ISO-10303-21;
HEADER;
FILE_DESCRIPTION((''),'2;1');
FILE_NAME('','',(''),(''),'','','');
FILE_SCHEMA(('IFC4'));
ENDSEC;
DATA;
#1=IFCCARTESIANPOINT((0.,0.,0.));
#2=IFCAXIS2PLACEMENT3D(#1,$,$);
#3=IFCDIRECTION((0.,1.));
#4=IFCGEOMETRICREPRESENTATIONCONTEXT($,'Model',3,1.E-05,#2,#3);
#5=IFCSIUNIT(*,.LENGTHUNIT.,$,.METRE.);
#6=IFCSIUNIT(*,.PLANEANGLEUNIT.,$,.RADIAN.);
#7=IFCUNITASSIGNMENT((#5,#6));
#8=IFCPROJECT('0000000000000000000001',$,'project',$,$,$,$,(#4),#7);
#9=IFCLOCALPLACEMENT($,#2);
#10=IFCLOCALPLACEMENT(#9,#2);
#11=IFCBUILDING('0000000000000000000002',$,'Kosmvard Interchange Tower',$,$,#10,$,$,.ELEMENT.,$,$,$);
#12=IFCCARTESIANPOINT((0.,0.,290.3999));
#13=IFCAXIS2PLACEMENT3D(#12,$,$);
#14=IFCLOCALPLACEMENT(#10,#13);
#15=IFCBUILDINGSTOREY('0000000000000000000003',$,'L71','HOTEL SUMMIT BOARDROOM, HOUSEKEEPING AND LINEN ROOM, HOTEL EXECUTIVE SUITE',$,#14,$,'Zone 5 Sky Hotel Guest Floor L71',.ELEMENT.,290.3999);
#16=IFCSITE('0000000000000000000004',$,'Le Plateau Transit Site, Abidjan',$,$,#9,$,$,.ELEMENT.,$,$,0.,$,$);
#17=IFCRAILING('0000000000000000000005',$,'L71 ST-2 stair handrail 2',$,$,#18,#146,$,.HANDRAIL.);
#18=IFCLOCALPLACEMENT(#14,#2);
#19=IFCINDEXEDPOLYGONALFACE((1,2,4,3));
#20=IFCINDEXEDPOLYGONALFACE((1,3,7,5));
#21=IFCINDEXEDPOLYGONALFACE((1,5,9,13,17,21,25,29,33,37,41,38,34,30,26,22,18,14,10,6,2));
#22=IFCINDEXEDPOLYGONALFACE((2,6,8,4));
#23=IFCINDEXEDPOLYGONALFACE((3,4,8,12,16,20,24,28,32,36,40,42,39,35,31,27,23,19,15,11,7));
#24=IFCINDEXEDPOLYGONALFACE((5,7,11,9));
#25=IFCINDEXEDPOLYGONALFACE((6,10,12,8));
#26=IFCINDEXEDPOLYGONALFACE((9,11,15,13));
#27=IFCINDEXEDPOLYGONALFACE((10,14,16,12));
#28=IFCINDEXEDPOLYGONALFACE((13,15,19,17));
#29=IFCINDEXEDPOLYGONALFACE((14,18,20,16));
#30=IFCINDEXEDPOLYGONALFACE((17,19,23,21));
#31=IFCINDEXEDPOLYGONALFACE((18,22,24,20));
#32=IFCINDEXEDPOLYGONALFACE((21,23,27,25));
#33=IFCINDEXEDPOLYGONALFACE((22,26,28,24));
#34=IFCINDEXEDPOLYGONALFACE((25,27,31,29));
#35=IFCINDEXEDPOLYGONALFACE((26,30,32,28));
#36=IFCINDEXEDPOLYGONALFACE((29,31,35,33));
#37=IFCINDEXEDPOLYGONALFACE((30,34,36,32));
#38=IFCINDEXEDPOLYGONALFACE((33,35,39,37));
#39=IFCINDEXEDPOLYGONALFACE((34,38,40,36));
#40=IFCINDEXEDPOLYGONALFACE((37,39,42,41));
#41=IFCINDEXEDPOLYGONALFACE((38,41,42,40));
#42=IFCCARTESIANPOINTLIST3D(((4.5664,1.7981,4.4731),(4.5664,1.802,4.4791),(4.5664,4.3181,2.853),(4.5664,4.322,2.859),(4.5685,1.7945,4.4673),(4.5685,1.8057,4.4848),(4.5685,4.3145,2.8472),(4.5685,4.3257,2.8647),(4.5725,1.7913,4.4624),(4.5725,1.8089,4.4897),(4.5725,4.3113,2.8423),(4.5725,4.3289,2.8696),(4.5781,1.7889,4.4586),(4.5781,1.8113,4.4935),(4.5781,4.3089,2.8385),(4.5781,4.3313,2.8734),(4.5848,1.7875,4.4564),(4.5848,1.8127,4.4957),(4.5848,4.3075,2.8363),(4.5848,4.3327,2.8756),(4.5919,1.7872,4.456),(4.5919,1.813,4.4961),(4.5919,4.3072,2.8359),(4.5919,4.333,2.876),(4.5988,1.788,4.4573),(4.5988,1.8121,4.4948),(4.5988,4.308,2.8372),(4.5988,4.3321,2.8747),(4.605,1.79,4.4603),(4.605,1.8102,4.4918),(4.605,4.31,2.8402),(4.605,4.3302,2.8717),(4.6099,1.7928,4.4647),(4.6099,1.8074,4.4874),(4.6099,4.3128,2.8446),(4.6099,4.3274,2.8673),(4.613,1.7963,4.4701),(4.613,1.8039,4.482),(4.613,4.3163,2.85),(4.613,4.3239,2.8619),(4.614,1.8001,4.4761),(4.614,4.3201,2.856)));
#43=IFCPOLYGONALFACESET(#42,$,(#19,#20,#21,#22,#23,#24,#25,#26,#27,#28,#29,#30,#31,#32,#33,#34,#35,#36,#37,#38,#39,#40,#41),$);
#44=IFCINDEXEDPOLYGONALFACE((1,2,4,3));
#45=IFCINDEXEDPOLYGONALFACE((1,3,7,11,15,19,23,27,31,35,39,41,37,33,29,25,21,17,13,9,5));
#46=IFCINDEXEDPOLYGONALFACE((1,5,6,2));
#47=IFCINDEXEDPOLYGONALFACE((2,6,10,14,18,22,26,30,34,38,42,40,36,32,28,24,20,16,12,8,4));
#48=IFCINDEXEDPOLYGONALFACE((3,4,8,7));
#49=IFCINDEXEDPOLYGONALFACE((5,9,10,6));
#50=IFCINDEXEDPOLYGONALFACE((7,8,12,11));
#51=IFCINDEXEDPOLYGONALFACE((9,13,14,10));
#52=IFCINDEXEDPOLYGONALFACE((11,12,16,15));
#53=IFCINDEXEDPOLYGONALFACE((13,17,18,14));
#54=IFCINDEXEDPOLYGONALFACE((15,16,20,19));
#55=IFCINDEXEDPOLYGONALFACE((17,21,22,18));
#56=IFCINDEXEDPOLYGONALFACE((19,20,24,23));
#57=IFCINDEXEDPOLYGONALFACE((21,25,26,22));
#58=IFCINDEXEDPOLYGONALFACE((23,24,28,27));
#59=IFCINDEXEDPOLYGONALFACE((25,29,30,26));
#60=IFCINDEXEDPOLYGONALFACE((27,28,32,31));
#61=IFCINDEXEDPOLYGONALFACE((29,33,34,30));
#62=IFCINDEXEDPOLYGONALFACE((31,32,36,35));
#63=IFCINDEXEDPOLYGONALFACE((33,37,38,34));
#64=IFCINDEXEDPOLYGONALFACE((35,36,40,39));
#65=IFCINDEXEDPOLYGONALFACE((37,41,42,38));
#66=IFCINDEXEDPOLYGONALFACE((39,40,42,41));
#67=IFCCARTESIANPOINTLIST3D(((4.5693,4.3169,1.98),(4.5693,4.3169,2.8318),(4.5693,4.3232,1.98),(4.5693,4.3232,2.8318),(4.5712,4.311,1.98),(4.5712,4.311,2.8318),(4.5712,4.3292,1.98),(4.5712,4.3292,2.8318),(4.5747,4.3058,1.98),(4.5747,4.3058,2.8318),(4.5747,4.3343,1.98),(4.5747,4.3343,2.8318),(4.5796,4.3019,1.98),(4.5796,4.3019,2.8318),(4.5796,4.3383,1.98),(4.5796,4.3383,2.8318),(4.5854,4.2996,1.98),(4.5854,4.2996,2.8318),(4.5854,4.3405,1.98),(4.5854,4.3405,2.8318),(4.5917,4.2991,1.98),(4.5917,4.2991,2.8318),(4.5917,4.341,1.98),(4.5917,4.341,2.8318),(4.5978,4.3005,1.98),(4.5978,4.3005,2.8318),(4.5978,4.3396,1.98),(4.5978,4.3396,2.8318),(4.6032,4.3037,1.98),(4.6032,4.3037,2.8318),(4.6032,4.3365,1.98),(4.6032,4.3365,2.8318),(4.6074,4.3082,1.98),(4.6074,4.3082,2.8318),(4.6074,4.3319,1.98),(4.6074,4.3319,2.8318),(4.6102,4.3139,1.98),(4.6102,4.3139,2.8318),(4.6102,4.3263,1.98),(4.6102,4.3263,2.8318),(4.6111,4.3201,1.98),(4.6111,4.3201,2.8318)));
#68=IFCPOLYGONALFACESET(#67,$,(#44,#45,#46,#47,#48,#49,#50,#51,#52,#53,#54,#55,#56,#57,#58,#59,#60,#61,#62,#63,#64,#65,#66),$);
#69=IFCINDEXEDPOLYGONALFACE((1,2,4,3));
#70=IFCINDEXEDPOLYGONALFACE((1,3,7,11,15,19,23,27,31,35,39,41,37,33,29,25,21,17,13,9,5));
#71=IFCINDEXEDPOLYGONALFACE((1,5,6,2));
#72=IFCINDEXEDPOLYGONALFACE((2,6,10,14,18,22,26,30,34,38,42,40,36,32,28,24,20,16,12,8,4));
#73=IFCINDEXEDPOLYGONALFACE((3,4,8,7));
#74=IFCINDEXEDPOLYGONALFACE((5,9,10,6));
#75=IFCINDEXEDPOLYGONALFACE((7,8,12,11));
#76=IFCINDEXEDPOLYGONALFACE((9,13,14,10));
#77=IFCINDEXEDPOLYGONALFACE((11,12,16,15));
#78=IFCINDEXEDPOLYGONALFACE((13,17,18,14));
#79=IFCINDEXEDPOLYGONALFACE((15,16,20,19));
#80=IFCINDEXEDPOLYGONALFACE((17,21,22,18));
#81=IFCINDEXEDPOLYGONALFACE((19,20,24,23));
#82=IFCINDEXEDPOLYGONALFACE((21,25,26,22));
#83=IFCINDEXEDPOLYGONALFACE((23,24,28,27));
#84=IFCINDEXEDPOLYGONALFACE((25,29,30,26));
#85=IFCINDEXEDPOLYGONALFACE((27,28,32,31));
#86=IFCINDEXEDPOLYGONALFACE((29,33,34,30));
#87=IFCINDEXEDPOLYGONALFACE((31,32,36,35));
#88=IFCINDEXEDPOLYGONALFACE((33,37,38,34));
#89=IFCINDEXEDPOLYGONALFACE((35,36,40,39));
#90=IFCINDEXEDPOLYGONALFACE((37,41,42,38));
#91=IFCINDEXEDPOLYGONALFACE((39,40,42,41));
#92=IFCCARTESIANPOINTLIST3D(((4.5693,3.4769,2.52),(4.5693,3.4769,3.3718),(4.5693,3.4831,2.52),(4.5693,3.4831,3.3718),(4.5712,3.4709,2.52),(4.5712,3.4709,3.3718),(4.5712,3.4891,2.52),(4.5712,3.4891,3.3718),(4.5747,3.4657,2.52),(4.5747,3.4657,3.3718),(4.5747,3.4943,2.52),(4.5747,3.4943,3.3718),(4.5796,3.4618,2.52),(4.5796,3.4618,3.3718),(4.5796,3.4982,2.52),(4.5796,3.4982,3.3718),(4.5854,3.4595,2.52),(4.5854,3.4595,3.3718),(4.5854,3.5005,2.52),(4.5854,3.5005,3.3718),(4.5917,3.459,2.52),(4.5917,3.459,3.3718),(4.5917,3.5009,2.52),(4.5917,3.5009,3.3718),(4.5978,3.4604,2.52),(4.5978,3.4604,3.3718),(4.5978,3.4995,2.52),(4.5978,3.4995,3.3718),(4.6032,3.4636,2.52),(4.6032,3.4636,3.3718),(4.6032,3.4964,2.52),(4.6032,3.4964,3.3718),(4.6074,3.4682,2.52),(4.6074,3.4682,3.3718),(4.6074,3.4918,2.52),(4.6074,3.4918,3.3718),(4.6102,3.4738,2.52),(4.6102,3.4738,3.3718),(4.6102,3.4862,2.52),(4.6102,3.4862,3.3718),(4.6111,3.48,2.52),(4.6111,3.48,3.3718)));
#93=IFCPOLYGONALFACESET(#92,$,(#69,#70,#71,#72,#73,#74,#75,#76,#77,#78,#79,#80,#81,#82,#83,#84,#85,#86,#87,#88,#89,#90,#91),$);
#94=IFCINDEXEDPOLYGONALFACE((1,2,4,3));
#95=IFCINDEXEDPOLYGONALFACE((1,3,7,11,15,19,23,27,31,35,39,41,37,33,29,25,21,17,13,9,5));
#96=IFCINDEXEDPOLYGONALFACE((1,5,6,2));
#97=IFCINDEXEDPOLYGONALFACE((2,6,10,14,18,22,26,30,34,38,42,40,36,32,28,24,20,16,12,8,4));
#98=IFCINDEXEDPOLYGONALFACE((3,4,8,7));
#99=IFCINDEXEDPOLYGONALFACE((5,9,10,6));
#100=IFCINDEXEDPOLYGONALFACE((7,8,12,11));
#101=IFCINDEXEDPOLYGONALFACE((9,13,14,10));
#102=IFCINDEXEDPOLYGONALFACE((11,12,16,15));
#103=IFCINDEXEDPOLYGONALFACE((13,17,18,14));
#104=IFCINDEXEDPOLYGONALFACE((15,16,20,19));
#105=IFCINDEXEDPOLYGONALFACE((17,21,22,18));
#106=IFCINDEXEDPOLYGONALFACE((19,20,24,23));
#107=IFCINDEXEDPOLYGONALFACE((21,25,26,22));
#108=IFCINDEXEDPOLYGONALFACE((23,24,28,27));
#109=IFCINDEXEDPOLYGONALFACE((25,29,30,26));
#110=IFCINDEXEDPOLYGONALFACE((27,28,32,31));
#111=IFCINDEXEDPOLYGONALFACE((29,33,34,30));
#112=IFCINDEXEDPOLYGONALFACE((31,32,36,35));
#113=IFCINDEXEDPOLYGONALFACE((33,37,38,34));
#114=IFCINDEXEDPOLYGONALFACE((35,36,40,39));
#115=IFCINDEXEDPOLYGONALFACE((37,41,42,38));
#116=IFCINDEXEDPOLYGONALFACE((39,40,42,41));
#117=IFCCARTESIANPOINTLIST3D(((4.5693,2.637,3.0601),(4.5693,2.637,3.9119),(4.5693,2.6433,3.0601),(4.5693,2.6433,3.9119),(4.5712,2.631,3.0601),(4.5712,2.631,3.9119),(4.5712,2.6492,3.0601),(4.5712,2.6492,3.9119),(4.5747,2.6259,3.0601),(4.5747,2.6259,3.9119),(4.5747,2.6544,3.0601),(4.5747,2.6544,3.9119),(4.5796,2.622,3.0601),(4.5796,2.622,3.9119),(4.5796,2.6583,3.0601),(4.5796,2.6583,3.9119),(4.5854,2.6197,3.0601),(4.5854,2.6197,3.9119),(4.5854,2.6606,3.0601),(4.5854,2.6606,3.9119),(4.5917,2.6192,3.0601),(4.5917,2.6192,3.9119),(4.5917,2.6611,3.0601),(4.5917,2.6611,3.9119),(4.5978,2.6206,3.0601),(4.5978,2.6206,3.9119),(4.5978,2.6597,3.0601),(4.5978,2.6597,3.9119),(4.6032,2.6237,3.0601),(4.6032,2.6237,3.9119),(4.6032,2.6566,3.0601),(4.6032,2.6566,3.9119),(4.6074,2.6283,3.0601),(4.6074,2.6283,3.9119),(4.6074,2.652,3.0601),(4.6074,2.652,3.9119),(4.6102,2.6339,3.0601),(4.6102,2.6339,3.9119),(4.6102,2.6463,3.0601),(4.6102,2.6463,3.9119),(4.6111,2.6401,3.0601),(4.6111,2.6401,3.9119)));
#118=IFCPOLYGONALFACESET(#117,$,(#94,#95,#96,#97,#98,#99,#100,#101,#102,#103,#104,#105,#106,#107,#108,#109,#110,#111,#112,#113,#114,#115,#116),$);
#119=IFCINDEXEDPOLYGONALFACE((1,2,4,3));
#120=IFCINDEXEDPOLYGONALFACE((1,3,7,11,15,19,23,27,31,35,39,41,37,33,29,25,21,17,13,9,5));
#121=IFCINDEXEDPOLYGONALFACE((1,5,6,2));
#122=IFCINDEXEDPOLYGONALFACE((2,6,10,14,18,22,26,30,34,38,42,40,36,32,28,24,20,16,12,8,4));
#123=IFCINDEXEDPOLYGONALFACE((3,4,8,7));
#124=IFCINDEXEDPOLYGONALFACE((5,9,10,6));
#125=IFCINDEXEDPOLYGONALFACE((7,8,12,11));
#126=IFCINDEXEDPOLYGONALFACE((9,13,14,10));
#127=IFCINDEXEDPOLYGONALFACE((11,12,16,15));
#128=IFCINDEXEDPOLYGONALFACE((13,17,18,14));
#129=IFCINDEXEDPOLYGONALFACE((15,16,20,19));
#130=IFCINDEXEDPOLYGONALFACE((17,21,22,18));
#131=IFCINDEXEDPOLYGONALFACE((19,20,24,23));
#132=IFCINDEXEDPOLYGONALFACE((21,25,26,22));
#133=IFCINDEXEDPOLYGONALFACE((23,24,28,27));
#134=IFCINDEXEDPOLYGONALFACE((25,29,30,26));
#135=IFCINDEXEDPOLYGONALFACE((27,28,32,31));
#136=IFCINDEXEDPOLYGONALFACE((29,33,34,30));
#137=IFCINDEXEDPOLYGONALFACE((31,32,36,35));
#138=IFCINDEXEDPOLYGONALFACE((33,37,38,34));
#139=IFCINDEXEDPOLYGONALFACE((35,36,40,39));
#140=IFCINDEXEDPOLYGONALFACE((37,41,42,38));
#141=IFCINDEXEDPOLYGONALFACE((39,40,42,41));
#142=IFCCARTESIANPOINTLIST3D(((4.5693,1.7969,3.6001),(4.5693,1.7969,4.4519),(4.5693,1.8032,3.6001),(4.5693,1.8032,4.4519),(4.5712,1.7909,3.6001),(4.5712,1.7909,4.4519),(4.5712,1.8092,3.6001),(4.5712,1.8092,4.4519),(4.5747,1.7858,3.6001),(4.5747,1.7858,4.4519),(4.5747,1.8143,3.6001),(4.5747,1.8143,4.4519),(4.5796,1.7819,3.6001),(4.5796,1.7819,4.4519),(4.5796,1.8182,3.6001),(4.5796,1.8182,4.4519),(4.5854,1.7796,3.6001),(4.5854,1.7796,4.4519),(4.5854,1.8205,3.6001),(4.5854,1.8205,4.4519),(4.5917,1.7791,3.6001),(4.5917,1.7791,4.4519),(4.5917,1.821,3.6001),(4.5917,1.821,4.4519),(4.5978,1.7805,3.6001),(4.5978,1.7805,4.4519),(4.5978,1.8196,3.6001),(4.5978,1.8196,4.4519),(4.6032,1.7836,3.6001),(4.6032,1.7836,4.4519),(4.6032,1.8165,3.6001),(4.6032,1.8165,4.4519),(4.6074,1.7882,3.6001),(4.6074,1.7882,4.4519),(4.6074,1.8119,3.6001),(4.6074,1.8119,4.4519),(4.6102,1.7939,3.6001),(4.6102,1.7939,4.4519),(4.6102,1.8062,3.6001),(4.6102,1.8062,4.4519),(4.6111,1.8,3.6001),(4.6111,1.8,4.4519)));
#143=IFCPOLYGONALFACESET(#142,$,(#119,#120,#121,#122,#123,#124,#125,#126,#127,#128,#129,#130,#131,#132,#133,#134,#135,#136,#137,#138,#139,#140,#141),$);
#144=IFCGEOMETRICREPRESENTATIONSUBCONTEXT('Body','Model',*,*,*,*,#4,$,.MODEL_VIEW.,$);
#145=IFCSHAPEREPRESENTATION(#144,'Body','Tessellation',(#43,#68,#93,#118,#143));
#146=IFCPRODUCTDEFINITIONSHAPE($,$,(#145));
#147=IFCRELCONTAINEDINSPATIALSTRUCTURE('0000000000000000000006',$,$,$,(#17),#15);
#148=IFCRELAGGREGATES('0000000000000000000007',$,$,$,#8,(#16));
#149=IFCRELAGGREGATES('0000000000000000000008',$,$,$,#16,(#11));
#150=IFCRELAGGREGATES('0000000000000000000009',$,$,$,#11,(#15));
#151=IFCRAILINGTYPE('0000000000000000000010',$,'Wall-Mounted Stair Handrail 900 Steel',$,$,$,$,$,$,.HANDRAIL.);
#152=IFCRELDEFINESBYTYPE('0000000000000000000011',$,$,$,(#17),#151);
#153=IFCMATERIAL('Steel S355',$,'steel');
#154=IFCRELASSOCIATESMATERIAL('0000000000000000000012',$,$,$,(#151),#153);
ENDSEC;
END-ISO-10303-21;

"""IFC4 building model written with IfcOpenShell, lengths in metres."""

from ifc_helpers import new_model, si_unit, direction, frame, origin, origin_2d, place, context, subcontext, project, spatial, circle, extrude, source, transform, mapped, material, type_object, element, save


model = new_model("IFC4")

# Units and contexts
model_context = context("Model", 3, precision=1e-05, world=origin(), true_north=direction((0.0, 1.0)))
body_context = subcontext(model_context, "Body", "Model", "MODEL_VIEW")
ifc_project = project(units=[si_unit("LENGTHUNIT", "METRE"), si_unit("PLANEANGLEUNIT", "RADIAN")], contexts=[model_context])

# Site, building, storey
site_placement = place(None, origin())
site = spatial("IfcSite", under=ifc_project, at=site_placement, Name="Le Plateau Transit Site, Abidjan", CompositionType="ELEMENT", RefElevation=0.0)
building_placement = place(site_placement, origin())
building = spatial("IfcBuilding", under=site, at=building_placement, Name="Kosmvard Interchange Tower", CompositionType="ELEMENT")
storey_placement = place(building_placement, frame((0.0, 0.0, 290.3999)))
storey = spatial("IfcBuildingStorey", under=building, at=storey_placement, Name="L71", Description="HOTEL SUMMIT BOARDROOM, HOUSEKEEPING AND LINEN ROOM, HOTEL EXECUTIVE SUITE", LongName="Zone 5 Sky Hotel Guest Floor L71", CompositionType="ELEMENT", Elevation=290.3999)

# Shared definitions
ifc_material_1 = material(Name="Steel S355", Category="steel")

# Railing
railing_type_1 = type_object("IfcRailingType", Name="Wall-Mounted Stair Handrail 900 Steel", PredefinedType="HANDRAIL", material=ifc_material_1)
shared_shape_1 = source(origin(), body_context, "Body", "SweptSolid", [
    extrude(circle(Radius=0.0239, at=origin_2d()), frame((0.0, 0.0, 0.876), z_axis=(0.0, -0.841163, 0.540782), x_axis=(1.0, 0.0, 0.0)), (0.0, 0.0, 1.0), 2.9958),
    extrude(circle(Radius=0.021, at=origin_2d()), origin(), (0.0, 0.0, 1.0), 0.8518),
    extrude(circle(Radius=0.021, at=origin_2d()), frame((0.0, -0.8401, 0.54)), (0.0, 0.0, 1.0), 0.8518),
    extrude(circle(Radius=0.021, at=origin_2d()), frame((0.0, -1.6799, 1.0801)), (0.0, 0.0, 1.0), 0.8518),
    extrude(circle(Radius=0.021, at=origin_2d()), frame((0.0, -2.52, 1.6201)), (0.0, 0.0, 1.0), 0.8518),
])
railing_1_placement = place(storey_placement, frame((4.5901, 4.3201, 1.98)))
element("IfcRailing", 1, at=railing_1_placement, inside=storey, type_object=railing_type_1, Name="L71 ST-2 stair handrail 2", PredefinedType="HANDRAIL", context=body_context, shape_type="MappedRepresentation", body=[
    mapped(shared_shape_1, transform((0.0, 0.0, 0.0), scale=1.0)),
])

save(model, "model.ifc")
